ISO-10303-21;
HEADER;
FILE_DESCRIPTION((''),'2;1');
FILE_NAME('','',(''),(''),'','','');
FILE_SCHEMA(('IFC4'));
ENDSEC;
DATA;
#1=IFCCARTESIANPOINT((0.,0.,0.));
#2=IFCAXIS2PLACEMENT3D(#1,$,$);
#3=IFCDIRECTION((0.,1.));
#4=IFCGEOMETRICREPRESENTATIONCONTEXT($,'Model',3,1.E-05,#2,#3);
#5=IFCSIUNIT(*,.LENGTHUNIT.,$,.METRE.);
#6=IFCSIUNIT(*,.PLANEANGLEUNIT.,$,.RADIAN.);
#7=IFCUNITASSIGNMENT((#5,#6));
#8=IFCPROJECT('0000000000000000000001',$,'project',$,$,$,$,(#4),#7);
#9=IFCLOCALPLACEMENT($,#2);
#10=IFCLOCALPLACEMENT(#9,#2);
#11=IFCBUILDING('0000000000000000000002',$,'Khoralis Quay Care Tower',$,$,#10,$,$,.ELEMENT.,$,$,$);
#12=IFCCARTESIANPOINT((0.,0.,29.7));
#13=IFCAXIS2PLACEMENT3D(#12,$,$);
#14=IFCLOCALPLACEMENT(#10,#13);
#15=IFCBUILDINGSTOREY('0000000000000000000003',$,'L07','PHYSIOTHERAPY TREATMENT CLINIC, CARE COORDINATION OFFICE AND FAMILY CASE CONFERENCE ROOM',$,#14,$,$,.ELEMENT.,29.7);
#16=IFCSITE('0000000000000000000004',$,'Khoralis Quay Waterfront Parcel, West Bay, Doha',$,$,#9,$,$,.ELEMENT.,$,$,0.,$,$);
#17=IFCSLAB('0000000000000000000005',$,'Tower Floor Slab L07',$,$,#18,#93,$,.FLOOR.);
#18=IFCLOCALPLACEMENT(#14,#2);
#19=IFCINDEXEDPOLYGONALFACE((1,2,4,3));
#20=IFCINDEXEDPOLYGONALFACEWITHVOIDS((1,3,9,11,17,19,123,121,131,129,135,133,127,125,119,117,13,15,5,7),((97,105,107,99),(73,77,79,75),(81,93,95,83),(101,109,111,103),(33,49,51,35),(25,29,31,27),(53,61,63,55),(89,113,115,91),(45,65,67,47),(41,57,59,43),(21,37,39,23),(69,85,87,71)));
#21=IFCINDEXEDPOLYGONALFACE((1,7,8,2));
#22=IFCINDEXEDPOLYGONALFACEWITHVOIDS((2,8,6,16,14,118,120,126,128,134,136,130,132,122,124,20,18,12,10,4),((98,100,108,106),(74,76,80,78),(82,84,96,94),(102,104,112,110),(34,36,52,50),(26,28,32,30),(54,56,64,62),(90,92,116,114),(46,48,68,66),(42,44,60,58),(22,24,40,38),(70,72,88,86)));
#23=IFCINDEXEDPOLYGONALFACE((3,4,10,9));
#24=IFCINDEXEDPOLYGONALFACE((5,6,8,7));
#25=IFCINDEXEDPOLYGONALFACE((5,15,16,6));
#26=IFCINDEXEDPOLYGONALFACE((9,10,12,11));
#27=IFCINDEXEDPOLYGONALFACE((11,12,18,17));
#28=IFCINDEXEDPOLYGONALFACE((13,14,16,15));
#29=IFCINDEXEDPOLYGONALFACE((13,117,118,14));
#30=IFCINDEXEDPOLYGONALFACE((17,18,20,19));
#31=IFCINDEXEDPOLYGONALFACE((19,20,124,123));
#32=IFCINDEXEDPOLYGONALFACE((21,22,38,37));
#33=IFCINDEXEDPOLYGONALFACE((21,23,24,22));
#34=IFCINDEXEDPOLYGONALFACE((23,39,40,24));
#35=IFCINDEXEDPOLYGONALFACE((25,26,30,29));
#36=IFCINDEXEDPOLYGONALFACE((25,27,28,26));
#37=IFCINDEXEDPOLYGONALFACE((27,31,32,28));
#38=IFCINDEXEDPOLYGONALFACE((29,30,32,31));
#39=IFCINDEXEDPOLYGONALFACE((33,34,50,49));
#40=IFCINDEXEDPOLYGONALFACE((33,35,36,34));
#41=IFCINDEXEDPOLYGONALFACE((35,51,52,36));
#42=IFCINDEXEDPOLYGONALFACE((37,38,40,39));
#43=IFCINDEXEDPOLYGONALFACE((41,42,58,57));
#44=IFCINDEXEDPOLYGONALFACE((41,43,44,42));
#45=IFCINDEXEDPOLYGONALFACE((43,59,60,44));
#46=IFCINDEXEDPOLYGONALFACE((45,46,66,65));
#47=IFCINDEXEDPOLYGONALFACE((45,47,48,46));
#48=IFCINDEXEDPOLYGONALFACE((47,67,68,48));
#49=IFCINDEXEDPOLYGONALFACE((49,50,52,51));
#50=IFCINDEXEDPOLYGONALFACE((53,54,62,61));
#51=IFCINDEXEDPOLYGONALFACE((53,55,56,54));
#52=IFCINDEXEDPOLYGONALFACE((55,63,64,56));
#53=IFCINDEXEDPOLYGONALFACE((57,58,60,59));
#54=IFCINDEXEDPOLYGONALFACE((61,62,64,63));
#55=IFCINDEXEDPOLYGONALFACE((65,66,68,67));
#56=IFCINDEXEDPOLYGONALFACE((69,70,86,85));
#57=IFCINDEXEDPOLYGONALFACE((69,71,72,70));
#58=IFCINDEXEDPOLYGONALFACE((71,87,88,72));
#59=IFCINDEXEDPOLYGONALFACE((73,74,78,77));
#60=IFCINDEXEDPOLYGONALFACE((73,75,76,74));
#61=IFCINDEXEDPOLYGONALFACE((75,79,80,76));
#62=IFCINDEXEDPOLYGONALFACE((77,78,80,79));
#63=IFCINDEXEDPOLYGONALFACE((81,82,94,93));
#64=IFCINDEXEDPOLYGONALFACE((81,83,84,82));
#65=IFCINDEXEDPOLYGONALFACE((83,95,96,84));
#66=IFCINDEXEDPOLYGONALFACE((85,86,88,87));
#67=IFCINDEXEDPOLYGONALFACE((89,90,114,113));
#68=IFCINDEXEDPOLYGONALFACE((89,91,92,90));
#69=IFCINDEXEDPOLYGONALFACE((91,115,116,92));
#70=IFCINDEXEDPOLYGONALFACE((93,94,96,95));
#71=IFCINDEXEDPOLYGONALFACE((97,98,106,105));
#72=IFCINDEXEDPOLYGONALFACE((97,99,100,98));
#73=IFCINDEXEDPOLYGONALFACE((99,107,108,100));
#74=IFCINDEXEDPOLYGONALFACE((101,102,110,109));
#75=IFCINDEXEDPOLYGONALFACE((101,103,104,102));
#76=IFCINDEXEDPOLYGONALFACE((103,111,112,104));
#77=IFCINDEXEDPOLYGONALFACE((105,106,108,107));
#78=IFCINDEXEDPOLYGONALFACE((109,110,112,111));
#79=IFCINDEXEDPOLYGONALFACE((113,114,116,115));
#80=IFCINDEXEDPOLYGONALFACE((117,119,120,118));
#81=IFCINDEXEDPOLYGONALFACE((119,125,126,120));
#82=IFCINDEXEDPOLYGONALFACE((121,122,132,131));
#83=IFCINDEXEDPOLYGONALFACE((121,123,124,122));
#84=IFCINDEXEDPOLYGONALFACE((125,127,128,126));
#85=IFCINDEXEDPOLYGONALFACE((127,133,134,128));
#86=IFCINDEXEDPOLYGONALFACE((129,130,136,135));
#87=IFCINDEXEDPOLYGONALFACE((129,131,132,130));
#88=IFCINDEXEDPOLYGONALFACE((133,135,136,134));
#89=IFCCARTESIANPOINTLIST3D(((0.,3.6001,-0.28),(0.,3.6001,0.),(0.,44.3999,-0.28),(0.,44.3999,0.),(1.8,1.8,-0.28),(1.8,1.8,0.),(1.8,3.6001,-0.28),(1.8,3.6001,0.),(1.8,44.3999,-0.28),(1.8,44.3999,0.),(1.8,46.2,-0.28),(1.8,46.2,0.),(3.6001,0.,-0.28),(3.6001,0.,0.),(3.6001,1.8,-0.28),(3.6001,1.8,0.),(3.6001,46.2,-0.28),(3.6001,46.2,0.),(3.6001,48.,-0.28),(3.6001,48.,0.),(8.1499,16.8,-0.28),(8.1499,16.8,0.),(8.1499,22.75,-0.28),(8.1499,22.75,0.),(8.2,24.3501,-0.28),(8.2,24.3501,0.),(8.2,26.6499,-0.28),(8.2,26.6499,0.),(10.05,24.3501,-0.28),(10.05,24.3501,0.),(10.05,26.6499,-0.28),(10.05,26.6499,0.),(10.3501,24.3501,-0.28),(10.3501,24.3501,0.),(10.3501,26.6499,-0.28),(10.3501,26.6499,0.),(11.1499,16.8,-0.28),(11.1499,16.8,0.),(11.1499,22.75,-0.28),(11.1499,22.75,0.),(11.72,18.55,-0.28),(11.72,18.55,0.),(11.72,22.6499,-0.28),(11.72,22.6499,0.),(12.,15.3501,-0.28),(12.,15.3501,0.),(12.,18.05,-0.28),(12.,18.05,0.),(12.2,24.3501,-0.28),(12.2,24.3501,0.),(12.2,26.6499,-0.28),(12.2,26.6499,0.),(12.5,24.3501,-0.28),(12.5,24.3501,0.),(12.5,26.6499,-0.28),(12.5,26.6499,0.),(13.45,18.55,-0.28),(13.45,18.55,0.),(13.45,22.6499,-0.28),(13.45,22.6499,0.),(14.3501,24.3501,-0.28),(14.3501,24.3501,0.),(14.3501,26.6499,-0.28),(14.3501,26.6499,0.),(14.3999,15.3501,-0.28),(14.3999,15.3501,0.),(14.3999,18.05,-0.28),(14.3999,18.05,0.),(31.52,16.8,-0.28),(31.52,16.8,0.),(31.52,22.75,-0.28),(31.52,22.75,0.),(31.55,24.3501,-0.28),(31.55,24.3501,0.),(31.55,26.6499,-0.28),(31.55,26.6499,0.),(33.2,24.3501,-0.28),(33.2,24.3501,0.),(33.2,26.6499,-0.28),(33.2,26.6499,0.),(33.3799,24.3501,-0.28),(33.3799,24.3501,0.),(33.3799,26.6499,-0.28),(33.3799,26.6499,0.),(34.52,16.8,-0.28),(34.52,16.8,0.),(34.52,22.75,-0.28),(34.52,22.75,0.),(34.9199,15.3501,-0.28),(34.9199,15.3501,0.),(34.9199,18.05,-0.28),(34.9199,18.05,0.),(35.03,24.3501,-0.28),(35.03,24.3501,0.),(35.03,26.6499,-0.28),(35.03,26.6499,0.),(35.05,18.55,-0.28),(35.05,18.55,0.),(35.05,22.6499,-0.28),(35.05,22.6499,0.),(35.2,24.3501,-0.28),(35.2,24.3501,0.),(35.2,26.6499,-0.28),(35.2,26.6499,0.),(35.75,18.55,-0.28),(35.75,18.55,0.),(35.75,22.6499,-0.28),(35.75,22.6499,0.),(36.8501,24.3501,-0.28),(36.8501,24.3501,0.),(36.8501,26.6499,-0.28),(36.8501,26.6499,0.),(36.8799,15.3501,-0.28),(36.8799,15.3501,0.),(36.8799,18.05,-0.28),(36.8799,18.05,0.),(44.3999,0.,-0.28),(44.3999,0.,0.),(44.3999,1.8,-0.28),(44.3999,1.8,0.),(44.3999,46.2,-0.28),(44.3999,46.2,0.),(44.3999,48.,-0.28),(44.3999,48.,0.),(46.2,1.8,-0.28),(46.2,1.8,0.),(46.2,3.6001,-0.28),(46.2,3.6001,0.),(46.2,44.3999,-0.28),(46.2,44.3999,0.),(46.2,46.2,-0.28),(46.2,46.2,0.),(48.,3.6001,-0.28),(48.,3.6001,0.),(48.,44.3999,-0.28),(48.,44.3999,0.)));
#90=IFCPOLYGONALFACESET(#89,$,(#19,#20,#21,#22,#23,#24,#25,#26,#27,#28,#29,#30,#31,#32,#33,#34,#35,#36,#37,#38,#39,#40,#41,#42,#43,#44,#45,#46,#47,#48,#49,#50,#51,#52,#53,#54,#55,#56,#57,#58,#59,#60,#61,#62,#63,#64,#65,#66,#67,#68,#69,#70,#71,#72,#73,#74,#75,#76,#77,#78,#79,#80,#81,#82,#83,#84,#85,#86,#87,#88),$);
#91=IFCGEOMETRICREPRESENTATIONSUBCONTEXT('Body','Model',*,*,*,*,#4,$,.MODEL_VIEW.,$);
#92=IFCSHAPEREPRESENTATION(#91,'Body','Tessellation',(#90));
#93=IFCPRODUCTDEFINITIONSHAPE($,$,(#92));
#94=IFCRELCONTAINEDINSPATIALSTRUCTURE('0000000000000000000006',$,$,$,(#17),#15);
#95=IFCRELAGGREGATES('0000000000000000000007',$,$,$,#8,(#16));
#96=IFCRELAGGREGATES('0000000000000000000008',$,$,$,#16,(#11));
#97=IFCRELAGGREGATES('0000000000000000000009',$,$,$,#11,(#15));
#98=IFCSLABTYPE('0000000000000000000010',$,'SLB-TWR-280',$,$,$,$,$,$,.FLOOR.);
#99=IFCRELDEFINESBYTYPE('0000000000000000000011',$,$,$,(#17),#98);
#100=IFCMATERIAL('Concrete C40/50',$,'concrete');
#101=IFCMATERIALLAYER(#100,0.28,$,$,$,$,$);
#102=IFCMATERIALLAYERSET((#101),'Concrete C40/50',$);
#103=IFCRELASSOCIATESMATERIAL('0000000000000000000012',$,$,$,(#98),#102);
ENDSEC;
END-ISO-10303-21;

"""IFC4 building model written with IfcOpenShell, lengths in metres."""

from ifc_helpers import new_model, si_unit, direction, frame, origin, place, context, subcontext, project, spatial, polyline, outline, extrude, material, layer, layer_set, type_object, element, save


model = new_model("IFC4")

# Units and contexts
model_context = context("Model", 3, precision=1e-05, world=origin(), true_north=direction((0.0, 1.0)))
body_context = subcontext(model_context, "Body", "Model", "MODEL_VIEW")
ifc_project = project(units=[si_unit("LENGTHUNIT", "METRE"), si_unit("PLANEANGLEUNIT", "RADIAN")], contexts=[model_context])

# Site, building, storey
site_placement = place(None, origin())
site = spatial("IfcSite", under=ifc_project, at=site_placement, Name="Khoralis Quay Waterfront Parcel, West Bay, Doha", CompositionType="ELEMENT", RefElevation=0.0)
building_placement = place(site_placement, origin())
building = spatial("IfcBuilding", under=site, at=building_placement, Name="Khoralis Quay Care Tower", CompositionType="ELEMENT")
storey_placement = place(building_placement, frame((0.0, 0.0, 29.7)))
storey = spatial("IfcBuildingStorey", under=building, at=storey_placement, Name="L07", Description="PHYSIOTHERAPY TREATMENT CLINIC, CARE COORDINATION OFFICE AND FAMILY CASE CONFERENCE ROOM", CompositionType="ELEMENT", Elevation=29.7)

# Slab
ifc_material_1 = material(Name="Concrete C40/50", Category="concrete")
ifc_layer_1 = layer(ifc_material_1, 0.28)
ifc_layer_set_1 = layer_set([ifc_layer_1], Name="Concrete C40/50")
slab_type_1 = type_object("IfcSlabType", Name="SLB-TWR-280", PredefinedType="FLOOR", material=ifc_layer_set_1)
slab_1_placement = place(storey_placement, frame((0.0, 0.0, -0.28)))
element("IfcSlab", 1, at=slab_1_placement, inside=storey, type_object=slab_type_1, Name="Tower Floor Slab L07", PredefinedType="FLOOR", context=body_context, shape_type="SweptSolid", body=[
    extrude(outline(polyline([(3.6001, 0.0), (44.3999, 0.0), (44.3999, 1.8), (46.2, 1.8), (46.2, 3.6001), (48.0, 3.6001), (48.0, 44.3999), (46.2, 44.3999), (46.2, 46.2), (44.3999, 46.2), (44.3999, 48.0), (3.6001, 48.0), (3.6001, 46.2), (1.8, 46.2), (1.8, 44.3999), (0.0, 44.3999), (0.0, 3.6001), (1.8, 3.6001), (1.8, 1.8), (3.6001, 1.8), (3.6001, 0.0)]), holes=[polyline([(11.1499, 16.8), (11.1499, 22.75), (8.1499, 22.75), (8.1499, 16.8), (11.1499, 16.8)]), polyline([(34.52, 16.8), (34.52, 22.75), (31.52, 22.75), (31.52, 16.8), (34.52, 16.8)]), polyline([(12.0, 15.3501), (14.3999, 15.3501), (14.3999, 18.05), (12.0, 18.05), (12.0, 15.3501)]), polyline([(34.9199, 15.3501), (36.8799, 15.3501), (36.8799, 18.05), (34.9199, 18.05), (34.9199, 15.3501)]), polyline([(8.2, 24.3501), (10.05, 24.3501), (10.05, 26.6499), (8.2, 26.6499), (8.2, 24.3501)]), polyline([(31.55, 24.3501), (33.2, 24.3501), (33.2, 26.6499), (31.55, 26.6499), (31.55, 24.3501)]), polyline([(10.3501, 24.3501), (12.2, 24.3501), (12.2, 26.6499), (10.3501, 26.6499), (10.3501, 24.3501)]), polyline([(33.3799, 24.3501), (35.03, 24.3501), (35.03, 26.6499), (33.3799, 26.6499), (33.3799, 24.3501)]), polyline([(12.5, 24.3501), (14.3501, 24.3501), (14.3501, 26.6499), (12.5, 26.6499), (12.5, 24.3501)]), polyline([(35.2, 24.3501), (36.8501, 24.3501), (36.8501, 26.6499), (35.2, 26.6499), (35.2, 24.3501)]), polyline([(11.72, 18.55), (13.45, 18.55), (13.45, 22.6499), (11.72, 22.6499), (11.72, 18.55)]), polyline([(35.05, 18.55), (35.75, 18.55), (35.75, 22.6499), (35.05, 22.6499), (35.05, 18.55)])]), origin(), (0.0, 0.0, 1.0), 0.28),
])

save(model, "model.ifc")
